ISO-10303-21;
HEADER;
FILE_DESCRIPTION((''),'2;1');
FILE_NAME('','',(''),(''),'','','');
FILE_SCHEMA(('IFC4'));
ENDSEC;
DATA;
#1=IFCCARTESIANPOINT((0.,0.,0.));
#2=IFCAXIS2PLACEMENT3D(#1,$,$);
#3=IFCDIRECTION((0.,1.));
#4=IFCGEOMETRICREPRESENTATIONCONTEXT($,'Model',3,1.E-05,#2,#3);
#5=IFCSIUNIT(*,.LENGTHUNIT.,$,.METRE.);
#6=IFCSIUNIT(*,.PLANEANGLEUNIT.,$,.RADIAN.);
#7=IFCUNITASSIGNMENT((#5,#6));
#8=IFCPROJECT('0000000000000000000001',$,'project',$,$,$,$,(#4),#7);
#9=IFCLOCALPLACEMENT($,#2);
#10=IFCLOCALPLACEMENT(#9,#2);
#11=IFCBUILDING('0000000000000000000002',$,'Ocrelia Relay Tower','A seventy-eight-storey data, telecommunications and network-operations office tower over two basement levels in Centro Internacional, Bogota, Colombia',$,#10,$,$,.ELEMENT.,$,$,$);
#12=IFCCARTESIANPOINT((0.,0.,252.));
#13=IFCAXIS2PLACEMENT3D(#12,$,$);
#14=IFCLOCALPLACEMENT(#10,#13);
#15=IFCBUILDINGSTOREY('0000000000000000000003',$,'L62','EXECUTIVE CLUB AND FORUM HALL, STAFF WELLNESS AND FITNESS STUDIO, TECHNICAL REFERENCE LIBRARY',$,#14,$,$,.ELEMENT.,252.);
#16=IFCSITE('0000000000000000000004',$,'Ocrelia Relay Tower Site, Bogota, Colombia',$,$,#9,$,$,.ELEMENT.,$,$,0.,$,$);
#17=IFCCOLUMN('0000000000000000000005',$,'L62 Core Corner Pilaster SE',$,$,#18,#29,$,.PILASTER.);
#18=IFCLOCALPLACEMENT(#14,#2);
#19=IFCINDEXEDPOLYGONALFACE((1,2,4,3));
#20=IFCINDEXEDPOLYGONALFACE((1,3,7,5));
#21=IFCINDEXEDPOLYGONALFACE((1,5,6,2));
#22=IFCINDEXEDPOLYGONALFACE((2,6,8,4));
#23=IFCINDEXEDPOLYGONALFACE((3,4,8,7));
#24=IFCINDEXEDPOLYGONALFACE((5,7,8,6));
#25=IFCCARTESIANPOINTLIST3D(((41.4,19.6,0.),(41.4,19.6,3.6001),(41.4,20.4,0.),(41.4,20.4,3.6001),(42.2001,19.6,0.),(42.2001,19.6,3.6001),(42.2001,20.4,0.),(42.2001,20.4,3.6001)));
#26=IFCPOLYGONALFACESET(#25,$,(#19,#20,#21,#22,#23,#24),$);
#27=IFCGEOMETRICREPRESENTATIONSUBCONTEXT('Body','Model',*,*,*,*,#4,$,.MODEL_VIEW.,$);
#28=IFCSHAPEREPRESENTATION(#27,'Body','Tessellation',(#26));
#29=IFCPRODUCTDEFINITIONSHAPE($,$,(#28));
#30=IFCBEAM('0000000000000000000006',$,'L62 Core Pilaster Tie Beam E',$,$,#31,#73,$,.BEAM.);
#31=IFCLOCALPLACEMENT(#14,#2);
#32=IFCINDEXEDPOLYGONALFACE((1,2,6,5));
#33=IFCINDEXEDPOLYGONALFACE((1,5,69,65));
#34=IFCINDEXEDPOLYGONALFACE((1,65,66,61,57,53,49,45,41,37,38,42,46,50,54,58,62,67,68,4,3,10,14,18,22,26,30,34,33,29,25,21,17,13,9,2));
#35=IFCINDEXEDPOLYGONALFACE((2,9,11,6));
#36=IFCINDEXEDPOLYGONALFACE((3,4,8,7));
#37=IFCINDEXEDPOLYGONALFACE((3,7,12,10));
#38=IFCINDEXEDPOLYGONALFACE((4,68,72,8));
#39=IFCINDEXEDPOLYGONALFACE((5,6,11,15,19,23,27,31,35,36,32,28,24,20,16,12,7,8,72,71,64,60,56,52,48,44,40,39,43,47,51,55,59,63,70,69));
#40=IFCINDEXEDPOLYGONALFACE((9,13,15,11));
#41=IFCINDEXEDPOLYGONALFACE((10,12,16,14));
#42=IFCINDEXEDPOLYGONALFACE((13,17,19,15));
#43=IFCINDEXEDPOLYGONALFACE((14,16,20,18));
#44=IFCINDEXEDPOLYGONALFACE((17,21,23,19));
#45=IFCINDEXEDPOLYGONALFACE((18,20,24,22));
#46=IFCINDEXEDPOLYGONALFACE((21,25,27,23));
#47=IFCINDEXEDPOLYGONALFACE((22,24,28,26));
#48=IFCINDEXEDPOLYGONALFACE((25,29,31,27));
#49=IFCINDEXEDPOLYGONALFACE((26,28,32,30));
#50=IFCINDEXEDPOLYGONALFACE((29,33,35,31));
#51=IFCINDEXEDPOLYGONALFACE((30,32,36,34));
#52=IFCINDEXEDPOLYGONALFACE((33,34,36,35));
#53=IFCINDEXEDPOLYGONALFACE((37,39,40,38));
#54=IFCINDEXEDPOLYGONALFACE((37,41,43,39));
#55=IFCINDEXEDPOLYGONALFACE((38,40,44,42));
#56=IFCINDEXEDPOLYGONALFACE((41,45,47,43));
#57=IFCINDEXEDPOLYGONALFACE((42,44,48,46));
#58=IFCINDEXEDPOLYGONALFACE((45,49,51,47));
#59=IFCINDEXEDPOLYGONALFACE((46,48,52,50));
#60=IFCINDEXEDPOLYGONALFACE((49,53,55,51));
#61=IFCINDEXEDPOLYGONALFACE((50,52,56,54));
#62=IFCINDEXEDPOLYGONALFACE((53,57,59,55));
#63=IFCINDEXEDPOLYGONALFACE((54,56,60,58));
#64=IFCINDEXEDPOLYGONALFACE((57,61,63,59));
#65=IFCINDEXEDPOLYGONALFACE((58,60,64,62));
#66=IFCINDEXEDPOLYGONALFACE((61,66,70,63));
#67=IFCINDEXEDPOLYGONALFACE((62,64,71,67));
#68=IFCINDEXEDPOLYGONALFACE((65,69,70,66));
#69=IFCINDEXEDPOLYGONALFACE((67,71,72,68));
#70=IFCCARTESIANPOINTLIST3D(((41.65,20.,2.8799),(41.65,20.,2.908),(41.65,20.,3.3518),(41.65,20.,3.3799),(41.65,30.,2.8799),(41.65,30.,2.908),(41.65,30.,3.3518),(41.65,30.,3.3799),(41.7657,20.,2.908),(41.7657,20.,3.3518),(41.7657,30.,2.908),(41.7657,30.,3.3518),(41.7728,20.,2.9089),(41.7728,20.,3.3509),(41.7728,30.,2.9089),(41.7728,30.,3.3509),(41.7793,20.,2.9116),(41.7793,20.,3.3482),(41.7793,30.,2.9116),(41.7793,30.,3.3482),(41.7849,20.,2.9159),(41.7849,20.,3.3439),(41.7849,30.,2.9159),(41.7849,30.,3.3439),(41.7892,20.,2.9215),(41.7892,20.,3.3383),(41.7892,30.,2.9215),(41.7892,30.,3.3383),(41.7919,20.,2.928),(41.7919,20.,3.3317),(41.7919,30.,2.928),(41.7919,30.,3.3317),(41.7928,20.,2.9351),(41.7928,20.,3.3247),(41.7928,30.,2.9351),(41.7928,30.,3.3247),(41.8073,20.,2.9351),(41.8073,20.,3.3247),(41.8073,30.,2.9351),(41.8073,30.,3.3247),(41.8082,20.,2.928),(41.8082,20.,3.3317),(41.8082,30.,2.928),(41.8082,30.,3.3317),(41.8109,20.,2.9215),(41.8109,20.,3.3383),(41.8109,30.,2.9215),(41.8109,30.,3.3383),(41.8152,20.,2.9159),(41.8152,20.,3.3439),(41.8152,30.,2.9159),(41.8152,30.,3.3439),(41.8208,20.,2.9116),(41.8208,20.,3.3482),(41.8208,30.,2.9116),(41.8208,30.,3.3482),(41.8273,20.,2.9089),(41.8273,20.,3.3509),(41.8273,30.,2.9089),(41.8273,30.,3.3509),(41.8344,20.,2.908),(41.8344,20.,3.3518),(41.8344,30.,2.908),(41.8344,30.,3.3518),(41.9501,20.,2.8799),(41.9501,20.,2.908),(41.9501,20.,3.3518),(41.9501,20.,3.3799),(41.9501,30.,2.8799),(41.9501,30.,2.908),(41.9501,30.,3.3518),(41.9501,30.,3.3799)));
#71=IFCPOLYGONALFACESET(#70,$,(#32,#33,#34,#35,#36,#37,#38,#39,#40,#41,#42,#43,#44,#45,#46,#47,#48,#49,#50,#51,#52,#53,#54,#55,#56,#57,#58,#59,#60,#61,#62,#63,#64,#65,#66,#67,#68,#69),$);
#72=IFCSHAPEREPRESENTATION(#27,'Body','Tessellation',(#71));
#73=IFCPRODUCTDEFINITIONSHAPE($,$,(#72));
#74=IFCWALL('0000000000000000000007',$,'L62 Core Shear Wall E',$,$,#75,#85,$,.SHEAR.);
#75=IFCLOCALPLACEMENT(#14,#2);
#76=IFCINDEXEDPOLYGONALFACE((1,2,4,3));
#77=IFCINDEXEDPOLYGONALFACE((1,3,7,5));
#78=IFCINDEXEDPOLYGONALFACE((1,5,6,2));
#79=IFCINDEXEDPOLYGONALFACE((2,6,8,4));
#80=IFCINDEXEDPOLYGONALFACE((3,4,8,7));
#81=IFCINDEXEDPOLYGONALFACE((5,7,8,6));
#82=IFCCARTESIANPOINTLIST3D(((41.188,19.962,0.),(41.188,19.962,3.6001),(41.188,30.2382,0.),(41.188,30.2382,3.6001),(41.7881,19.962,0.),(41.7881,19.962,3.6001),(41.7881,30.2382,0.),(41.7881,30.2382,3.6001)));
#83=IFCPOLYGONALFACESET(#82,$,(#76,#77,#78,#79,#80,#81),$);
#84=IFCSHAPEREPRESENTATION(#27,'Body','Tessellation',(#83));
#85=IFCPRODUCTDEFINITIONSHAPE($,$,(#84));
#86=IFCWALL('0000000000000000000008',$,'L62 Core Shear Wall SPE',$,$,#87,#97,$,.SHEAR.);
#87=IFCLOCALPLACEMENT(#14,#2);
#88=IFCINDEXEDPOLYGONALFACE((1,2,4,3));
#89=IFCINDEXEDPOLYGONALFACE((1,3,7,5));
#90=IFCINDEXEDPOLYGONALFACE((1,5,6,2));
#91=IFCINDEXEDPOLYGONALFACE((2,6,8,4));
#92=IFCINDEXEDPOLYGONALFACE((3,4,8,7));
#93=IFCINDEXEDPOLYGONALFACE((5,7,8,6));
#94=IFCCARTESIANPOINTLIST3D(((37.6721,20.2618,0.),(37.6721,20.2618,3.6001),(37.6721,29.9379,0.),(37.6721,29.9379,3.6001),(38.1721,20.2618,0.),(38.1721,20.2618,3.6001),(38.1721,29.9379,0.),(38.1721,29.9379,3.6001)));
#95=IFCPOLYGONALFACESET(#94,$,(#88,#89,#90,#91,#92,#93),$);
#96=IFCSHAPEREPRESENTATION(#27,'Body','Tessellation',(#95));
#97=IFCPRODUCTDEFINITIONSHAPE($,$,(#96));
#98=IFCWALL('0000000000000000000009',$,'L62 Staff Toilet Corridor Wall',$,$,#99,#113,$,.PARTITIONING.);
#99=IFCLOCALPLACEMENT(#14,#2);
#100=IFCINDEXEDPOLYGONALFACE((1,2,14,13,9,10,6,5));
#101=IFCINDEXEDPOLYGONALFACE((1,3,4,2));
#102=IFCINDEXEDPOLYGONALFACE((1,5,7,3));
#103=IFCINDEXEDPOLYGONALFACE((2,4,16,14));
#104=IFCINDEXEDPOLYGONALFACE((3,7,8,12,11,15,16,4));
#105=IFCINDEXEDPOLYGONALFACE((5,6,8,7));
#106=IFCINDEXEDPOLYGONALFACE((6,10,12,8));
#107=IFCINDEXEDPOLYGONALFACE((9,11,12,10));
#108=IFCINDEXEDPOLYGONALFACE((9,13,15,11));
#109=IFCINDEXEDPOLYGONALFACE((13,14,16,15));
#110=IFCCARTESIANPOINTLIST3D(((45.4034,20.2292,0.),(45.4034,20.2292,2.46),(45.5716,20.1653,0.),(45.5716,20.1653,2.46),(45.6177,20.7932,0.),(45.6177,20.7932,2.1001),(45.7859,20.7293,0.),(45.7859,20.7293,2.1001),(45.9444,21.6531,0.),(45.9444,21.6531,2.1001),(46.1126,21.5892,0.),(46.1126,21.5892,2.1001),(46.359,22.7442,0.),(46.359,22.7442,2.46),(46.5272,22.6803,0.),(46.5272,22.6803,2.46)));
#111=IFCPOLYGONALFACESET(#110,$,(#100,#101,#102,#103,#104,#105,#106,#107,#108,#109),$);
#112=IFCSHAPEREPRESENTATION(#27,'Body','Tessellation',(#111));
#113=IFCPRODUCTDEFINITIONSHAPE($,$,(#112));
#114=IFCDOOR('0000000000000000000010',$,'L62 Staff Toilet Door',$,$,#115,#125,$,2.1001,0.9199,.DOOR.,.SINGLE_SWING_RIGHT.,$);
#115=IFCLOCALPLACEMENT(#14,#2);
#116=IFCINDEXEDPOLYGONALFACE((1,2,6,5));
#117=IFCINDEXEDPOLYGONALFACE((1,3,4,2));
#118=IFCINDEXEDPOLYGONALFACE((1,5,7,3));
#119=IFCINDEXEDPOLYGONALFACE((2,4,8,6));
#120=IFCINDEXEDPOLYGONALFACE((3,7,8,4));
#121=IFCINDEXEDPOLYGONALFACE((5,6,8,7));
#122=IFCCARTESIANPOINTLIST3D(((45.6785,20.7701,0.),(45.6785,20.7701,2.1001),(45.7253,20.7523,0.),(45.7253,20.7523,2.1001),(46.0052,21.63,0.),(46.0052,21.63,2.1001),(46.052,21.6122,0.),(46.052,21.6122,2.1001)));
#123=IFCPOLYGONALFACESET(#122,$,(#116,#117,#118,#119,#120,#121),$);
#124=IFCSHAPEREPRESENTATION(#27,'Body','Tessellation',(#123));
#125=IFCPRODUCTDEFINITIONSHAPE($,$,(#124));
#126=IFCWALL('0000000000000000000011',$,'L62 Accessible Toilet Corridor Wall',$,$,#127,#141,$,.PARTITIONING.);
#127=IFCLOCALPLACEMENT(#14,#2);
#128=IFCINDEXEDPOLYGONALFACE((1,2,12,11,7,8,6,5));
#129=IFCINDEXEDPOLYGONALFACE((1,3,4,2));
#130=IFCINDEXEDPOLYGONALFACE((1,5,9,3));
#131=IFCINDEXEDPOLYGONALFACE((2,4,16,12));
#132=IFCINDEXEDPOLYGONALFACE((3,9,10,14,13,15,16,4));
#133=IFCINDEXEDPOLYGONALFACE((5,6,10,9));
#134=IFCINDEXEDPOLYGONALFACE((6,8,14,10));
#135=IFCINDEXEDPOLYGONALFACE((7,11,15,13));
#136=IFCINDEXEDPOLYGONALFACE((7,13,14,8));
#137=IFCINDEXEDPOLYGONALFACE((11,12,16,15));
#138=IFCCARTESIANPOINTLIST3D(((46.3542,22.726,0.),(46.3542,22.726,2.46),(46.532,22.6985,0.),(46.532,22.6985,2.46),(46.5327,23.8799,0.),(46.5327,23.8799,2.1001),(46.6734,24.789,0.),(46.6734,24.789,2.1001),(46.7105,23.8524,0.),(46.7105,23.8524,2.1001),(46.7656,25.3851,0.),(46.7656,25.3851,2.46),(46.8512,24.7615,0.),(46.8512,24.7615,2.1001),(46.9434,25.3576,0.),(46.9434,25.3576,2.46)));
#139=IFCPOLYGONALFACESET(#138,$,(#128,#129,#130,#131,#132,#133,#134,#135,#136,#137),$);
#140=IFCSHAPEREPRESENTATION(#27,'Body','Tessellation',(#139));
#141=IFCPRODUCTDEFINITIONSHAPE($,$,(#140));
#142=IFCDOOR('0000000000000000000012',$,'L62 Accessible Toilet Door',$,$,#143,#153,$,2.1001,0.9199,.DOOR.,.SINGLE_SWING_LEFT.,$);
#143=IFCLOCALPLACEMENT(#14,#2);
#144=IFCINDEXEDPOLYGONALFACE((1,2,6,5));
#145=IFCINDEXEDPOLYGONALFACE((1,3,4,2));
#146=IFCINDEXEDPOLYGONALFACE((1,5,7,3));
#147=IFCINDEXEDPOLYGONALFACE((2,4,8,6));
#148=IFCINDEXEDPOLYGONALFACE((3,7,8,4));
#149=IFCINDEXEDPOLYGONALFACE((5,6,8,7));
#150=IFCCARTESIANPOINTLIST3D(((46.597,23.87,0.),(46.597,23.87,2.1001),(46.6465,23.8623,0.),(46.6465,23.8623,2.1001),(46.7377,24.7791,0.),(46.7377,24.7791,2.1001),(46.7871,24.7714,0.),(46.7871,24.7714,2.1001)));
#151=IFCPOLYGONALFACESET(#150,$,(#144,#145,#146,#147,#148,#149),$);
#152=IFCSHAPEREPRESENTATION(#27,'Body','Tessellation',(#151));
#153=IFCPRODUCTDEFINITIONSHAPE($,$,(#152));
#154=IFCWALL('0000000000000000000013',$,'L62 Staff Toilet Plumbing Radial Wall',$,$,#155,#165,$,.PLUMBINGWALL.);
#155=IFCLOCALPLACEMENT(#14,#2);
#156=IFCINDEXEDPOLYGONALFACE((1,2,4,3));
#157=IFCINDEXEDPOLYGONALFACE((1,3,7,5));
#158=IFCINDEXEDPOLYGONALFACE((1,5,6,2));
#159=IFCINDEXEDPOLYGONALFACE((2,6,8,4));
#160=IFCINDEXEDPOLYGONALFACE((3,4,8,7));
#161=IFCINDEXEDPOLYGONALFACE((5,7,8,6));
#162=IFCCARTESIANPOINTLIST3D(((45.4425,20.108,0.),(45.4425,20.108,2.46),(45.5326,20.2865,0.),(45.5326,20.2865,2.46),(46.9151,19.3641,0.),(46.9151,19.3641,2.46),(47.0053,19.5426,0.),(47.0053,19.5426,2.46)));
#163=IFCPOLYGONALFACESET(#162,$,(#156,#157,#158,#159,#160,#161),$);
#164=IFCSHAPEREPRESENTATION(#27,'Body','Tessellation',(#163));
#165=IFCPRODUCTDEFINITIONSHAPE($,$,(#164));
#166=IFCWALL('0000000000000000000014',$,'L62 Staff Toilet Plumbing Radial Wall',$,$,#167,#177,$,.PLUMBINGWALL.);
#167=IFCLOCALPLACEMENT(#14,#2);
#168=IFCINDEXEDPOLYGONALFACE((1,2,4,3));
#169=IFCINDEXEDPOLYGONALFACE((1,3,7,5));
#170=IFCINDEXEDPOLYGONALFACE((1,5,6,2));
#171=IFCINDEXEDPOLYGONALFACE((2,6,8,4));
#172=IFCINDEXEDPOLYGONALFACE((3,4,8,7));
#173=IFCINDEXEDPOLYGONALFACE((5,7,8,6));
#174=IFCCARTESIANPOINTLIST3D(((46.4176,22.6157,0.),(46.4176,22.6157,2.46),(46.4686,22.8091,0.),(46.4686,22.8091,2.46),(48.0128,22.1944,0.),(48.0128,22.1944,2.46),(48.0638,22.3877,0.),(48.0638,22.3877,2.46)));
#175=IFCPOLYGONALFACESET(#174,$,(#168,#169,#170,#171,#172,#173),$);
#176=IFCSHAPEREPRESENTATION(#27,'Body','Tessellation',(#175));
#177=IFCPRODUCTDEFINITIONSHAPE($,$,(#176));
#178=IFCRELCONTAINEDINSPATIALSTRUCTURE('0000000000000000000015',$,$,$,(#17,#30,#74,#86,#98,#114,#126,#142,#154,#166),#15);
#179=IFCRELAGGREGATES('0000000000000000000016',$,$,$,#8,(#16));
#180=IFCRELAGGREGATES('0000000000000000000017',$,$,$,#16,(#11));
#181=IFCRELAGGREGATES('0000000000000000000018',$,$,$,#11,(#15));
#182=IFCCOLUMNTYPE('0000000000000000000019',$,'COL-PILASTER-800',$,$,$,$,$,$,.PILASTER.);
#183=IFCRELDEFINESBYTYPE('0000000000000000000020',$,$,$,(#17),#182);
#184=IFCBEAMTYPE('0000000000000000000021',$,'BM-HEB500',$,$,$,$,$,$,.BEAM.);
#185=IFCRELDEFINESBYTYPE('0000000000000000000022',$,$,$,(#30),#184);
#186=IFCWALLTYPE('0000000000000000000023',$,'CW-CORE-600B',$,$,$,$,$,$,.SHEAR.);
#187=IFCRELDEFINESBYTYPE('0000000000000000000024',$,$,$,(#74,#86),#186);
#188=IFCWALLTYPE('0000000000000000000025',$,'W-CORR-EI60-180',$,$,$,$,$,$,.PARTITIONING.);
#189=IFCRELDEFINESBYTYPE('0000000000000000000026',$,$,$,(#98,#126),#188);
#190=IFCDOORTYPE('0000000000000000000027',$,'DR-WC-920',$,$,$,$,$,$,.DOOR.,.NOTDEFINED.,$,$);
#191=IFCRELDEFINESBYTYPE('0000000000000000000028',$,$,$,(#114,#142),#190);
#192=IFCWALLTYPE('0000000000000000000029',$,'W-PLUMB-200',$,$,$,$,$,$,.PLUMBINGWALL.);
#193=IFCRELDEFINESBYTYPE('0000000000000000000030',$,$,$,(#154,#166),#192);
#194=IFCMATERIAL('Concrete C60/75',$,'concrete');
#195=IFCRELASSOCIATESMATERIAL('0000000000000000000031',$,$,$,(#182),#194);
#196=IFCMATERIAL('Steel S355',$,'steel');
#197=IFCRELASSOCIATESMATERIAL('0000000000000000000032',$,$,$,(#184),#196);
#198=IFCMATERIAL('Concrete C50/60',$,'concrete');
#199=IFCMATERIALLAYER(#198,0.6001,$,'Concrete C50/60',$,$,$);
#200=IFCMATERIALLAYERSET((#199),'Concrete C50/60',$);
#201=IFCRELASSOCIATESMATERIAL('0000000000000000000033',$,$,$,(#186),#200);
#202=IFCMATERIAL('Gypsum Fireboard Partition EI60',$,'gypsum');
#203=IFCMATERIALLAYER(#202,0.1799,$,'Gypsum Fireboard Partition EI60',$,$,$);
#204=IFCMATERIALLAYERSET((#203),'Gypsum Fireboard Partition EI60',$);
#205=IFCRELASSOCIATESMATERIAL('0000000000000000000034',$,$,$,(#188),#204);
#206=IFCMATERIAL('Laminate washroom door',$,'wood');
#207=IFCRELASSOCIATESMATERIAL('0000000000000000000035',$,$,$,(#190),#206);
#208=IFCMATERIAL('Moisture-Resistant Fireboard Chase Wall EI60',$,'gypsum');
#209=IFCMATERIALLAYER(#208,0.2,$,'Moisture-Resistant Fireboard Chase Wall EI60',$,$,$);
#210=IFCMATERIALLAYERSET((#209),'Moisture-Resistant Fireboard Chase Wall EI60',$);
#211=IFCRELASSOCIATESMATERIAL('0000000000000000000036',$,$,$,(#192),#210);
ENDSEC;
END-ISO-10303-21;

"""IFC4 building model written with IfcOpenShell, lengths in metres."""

from ifc_helpers import new_model, si_unit, direction, frame, frame_2d, origin, origin_2d, place, context, subcontext, project, spatial, rectangle, i_section, extrude, material, layer, layer_set, material_profile, profile_set, type_object, element, fill, save


model = new_model("IFC4")

# Units and contexts
model_context = context("Model", 3, precision=1e-05, world=origin(), true_north=direction((0.0, 1.0)))
body_context = subcontext(model_context, "Body", "Model", "MODEL_VIEW")
ifc_project = project(units=[si_unit("LENGTHUNIT", "METRE"), si_unit("PLANEANGLEUNIT", "RADIAN")], contexts=[model_context])

# Site, building, storey
site_placement = place(None, origin())
site = spatial("IfcSite", under=ifc_project, at=site_placement, Name="Ocrelia Relay Tower Site, Bogota, Colombia", CompositionType="ELEMENT", RefElevation=0.0)
building_placement = place(site_placement, origin())
building = spatial("IfcBuilding", under=site, at=building_placement, Name="Ocrelia Relay Tower", Description="A seventy-eight-storey data, telecommunications and network-operations office tower over two basement levels in Centro Internacional, Bogota, Colombia", CompositionType="ELEMENT")
storey_placement = place(building_placement, frame((0.0, 0.0, 252.0)))
storey = spatial("IfcBuildingStorey", under=building, at=storey_placement, Name="L62", Description="EXECUTIVE CLUB AND FORUM HALL, STAFF WELLNESS AND FITNESS STUDIO, TECHNICAL REFERENCE LIBRARY", CompositionType="ELEMENT", Elevation=252.0)

# Column
ifc_material_1 = material(Name="Concrete C60/75", Category="concrete")
ifc_material_profile_1 = material_profile(ifc_material_1, rectangle(XDim=0.8, YDim=0.8, at=origin_2d()), Name="RC-COL-800x800")
ifc_profile_set_1 = profile_set([ifc_material_profile_1], Name="Concrete C60/75")
column_type = type_object("IfcColumnType", Name="COL-PILASTER-800", PredefinedType="PILASTER", material=ifc_profile_set_1)
column_placement = place(storey_placement, frame((41.8, 20.0, 0.0), z_axis=(0.0, 0.0, 1.0), x_axis=(1.0, 0.0, 0.0)))
element("IfcColumn", 1, at=column_placement, inside=storey, type_object=column_type, Name="L62 Core Corner Pilaster SE", PredefinedType="PILASTER", context=body_context, shape_type="SweptSolid", body=[
    extrude(rectangle(XDim=0.8, YDim=0.8, at=origin_2d()), origin(), (0.0, 0.0, 1.0), 3.6001),
])

# Beam
ifc_material_2 = material(Name="Steel S355", Category="steel")
ifc_material_profile_2 = material_profile(ifc_material_2, i_section(OverallWidth=0.3, OverallDepth=0.5, WebThickness=0.0144, FlangeThickness=0.0281, FilletRadius=0.0271, at=origin_2d()), Name="HEB 500")
ifc_profile_set_2 = profile_set([ifc_material_profile_2], Name="Steel S355")
beam_type = type_object("IfcBeamType", Name="BM-HEB500", PredefinedType="BEAM", material=ifc_profile_set_2)
beam_placement = place(storey_placement, frame((41.8, 20.0, 3.1299), z_axis=(0.0, 1.0, 0.0), x_axis=(-1.0, 0.0, 0.0)))
element("IfcBeam", 2, at=beam_placement, inside=storey, type_object=beam_type, Name="L62 Core Pilaster Tie Beam E", PredefinedType="BEAM", context=body_context, shape_type="SweptSolid", body=[
    extrude(i_section(OverallWidth=0.3, OverallDepth=0.5, WebThickness=0.0144, FlangeThickness=0.0281, FilletRadius=0.0271, at=origin_2d()), origin(), (0.0, 0.0, 1.0), 10.0),
])

# Walls
ifc_material_3 = material(Name="Concrete C50/60", Category="concrete")
ifc_layer_1 = layer(ifc_material_3, 0.6001, Name="Concrete C50/60")
ifc_layer_set_1 = layer_set([ifc_layer_1], Name="Concrete C50/60")
wall_type_1 = type_object("IfcWallType", Name="CW-CORE-600B", PredefinedType="SHEAR", material=ifc_layer_set_1)
wall_1_placement = place(storey_placement, frame((41.488, 19.9619, 0.0), z_axis=(0.0, 0.0, 1.0), x_axis=(0.0, 1.0, 0.0)))
element("IfcWall", 3, at=wall_1_placement, inside=storey, type_object=wall_type_1, Name="L62 Core Shear Wall E", PredefinedType="SHEAR", context=body_context, shape_type="SweptSolid", body=[
    extrude(rectangle(XDim=10.2761, YDim=0.6001, at=frame_2d((5.1382, 0.0))), origin(), (0.0, 0.0, 1.0), 3.6001),
])
wall_2_placement = place(storey_placement, frame((37.9221, 20.262, 0.0), z_axis=(0.0, 0.0, 1.0), x_axis=(0.0, 1.0, 0.0)))
element("IfcWall", 4, at=wall_2_placement, inside=storey, type_object=wall_type_1, Name="L62 Core Shear Wall SPE", PredefinedType="SHEAR", context=body_context, shape_type="SweptSolid", body=[
    extrude(rectangle(XDim=9.676, YDim=0.5, at=frame_2d((4.8379, 0.0))), origin(), (0.0, 0.0, 1.0), 3.6001),
])

# Walls, openings, doors
ifc_material_4 = material(Name="Gypsum Fireboard Partition EI60", Category="gypsum")
ifc_layer_2 = layer(ifc_material_4, 0.1799, Name="Gypsum Fireboard Partition EI60")
ifc_layer_set_2 = layer_set([ifc_layer_2], Name="Gypsum Fireboard Partition EI60")
wall_type_2 = type_object("IfcWallType", Name="W-CORR-EI60-180", PredefinedType="PARTITIONING", material=ifc_layer_set_2)
wall_3_placement = place(storey_placement, frame((45.4875, 20.1973, 0.0), z_axis=(0.0, 0.0, 1.0), x_axis=(0.355157, 0.934806, 0.0)))
wall_3 = element("IfcWall", 5, at=wall_3_placement, inside=storey, type_object=wall_type_2, Name="L62 Staff Toilet Corridor Wall", PredefinedType="PARTITIONING", context=body_context, shape_type="SweptSolid", body=[
    extrude(rectangle(XDim=2.6904, YDim=0.1799, at=frame_2d((1.3452, 0.0))), origin(), (0.0, 0.0, 1.0), 2.46),
])
opening_1_placement = place(wall_3_placement, frame((0.6033, 0.0, 0.0)))
opening_1 = element("IfcOpeningElement", 6, at=opening_1_placement, cuts=wall_3, PredefinedType="OPENING", context=body_context, shape_type="SweptSolid", body=[
    extrude(rectangle(XDim=0.9199, YDim=2.1001, at=frame_2d((0.46, 1.05))), frame((0.0, 0.1001, 0.0), z_axis=(0.0, -1.0, 0.0), x_axis=(1.0, 0.0, 0.0)), (0.0, 0.0, 1.0), 0.2),
])
ifc_material_5 = material(Name="Laminate washroom door", Category="wood")
door_type_1 = type_object("IfcDoorType", Name="DR-WC-920", OperationType="NOTDEFINED", PredefinedType="DOOR", material=ifc_material_5)
door_1_placement = place(opening_1_placement, origin())
door_1 = element("IfcDoor", 7, at=door_1_placement, inside=storey, type_object=door_type_1, Name="L62 Staff Toilet Door", OperationType="SINGLE_SWING_RIGHT", OverallHeight=2.1001, OverallWidth=0.9199, PredefinedType="DOOR", context=body_context, shape_type="SweptSolid", body=[
    extrude(rectangle(XDim=0.9199, YDim=2.1001, at=frame_2d((0.46, 1.05))), frame((0.0, 0.0249, 0.0), z_axis=(0.0, -1.0, 0.0), x_axis=(1.0, 0.0, 0.0)), (0.0, 0.0, 1.0), 0.05),
])
fill(opening_1, door_1)
wall_4_placement = place(storey_placement, frame((46.4431, 22.7124, 0.0), z_axis=(0.0, 0.0, 1.0), x_axis=(0.152896, 0.988242, 0.0)))
wall_4 = element("IfcWall", 8, at=wall_4_placement, inside=storey, type_object=wall_type_2, Name="L62 Accessible Toilet Corridor Wall", PredefinedType="PARTITIONING", context=body_context, shape_type="SweptSolid", body=[
    extrude(rectangle(XDim=2.6907, YDim=0.1799, at=frame_2d((1.3452, 0.0))), origin(), (0.0, 0.0, 1.0), 2.46),
])
opening_2_placement = place(wall_4_placement, frame((1.1675, 0.0, 0.0)))
opening_2 = element("IfcOpeningElement", 9, at=opening_2_placement, cuts=wall_4, PredefinedType="OPENING", context=body_context, shape_type="SweptSolid", body=[
    extrude(rectangle(XDim=0.9199, YDim=2.1001, at=frame_2d((0.46, 1.05))), frame((0.0, 0.1001, 0.0), z_axis=(0.0, -1.0, 0.0), x_axis=(1.0, 0.0, 0.0)), (0.0, 0.0, 1.0), 0.2),
])
door_2_placement = place(opening_2_placement, origin())
door_2 = element("IfcDoor", 10, at=door_2_placement, inside=storey, type_object=door_type_1, Name="L62 Accessible Toilet Door", OperationType="SINGLE_SWING_LEFT", OverallHeight=2.1001, OverallWidth=0.9199, PredefinedType="DOOR", context=body_context, shape_type="SweptSolid", body=[
    extrude(rectangle(XDim=0.9199, YDim=2.1001, at=frame_2d((0.46, 1.05))), frame((0.0, 0.0249, 0.0), z_axis=(0.0, -1.0, 0.0), x_axis=(1.0, 0.0, 0.0)), (0.0, 0.0, 1.0), 0.05),
])
fill(opening_2, door_2)

# Walls
ifc_material_6 = material(Name="Moisture-Resistant Fireboard Chase Wall EI60", Category="gypsum")
ifc_layer_3 = layer(ifc_material_6, 0.2, Name="Moisture-Resistant Fireboard Chase Wall EI60")
ifc_layer_set_3 = layer_set([ifc_layer_3], Name="Moisture-Resistant Fireboard Chase Wall EI60")
wall_type_3 = type_object("IfcWallType", Name="W-PLUMB-200", PredefinedType="PLUMBINGWALL", material=ifc_layer_set_3)
for number, where, z_axis, x_axis, name in (
    (11, (45.4875, 20.1973, 0.0), (0.0, 0.0, 1.0), (0.892585, -0.45088, 0.0), "L62 Staff Toilet Plumbing Radial Wall"),
    (12, (46.4431, 22.7124, 0.0), (0.0, 0.0, 1.0), (0.966836, -0.255396, 0.0), "L62 Staff Toilet Plumbing Radial Wall"),
):
    element("IfcWall", number, at=place(storey_placement, frame(where, z_axis=z_axis, x_axis=x_axis)), inside=storey, type_object=wall_type_3, Name=name, PredefinedType="PLUMBINGWALL", context=body_context, shape_type="SweptSolid", body=[
        extrude(rectangle(XDim=1.6499, YDim=0.2, at=frame_2d((0.825, 0.0))), origin(), (0.0, 0.0, 1.0), 2.46),
    ])

save(model, "model.ifc")
